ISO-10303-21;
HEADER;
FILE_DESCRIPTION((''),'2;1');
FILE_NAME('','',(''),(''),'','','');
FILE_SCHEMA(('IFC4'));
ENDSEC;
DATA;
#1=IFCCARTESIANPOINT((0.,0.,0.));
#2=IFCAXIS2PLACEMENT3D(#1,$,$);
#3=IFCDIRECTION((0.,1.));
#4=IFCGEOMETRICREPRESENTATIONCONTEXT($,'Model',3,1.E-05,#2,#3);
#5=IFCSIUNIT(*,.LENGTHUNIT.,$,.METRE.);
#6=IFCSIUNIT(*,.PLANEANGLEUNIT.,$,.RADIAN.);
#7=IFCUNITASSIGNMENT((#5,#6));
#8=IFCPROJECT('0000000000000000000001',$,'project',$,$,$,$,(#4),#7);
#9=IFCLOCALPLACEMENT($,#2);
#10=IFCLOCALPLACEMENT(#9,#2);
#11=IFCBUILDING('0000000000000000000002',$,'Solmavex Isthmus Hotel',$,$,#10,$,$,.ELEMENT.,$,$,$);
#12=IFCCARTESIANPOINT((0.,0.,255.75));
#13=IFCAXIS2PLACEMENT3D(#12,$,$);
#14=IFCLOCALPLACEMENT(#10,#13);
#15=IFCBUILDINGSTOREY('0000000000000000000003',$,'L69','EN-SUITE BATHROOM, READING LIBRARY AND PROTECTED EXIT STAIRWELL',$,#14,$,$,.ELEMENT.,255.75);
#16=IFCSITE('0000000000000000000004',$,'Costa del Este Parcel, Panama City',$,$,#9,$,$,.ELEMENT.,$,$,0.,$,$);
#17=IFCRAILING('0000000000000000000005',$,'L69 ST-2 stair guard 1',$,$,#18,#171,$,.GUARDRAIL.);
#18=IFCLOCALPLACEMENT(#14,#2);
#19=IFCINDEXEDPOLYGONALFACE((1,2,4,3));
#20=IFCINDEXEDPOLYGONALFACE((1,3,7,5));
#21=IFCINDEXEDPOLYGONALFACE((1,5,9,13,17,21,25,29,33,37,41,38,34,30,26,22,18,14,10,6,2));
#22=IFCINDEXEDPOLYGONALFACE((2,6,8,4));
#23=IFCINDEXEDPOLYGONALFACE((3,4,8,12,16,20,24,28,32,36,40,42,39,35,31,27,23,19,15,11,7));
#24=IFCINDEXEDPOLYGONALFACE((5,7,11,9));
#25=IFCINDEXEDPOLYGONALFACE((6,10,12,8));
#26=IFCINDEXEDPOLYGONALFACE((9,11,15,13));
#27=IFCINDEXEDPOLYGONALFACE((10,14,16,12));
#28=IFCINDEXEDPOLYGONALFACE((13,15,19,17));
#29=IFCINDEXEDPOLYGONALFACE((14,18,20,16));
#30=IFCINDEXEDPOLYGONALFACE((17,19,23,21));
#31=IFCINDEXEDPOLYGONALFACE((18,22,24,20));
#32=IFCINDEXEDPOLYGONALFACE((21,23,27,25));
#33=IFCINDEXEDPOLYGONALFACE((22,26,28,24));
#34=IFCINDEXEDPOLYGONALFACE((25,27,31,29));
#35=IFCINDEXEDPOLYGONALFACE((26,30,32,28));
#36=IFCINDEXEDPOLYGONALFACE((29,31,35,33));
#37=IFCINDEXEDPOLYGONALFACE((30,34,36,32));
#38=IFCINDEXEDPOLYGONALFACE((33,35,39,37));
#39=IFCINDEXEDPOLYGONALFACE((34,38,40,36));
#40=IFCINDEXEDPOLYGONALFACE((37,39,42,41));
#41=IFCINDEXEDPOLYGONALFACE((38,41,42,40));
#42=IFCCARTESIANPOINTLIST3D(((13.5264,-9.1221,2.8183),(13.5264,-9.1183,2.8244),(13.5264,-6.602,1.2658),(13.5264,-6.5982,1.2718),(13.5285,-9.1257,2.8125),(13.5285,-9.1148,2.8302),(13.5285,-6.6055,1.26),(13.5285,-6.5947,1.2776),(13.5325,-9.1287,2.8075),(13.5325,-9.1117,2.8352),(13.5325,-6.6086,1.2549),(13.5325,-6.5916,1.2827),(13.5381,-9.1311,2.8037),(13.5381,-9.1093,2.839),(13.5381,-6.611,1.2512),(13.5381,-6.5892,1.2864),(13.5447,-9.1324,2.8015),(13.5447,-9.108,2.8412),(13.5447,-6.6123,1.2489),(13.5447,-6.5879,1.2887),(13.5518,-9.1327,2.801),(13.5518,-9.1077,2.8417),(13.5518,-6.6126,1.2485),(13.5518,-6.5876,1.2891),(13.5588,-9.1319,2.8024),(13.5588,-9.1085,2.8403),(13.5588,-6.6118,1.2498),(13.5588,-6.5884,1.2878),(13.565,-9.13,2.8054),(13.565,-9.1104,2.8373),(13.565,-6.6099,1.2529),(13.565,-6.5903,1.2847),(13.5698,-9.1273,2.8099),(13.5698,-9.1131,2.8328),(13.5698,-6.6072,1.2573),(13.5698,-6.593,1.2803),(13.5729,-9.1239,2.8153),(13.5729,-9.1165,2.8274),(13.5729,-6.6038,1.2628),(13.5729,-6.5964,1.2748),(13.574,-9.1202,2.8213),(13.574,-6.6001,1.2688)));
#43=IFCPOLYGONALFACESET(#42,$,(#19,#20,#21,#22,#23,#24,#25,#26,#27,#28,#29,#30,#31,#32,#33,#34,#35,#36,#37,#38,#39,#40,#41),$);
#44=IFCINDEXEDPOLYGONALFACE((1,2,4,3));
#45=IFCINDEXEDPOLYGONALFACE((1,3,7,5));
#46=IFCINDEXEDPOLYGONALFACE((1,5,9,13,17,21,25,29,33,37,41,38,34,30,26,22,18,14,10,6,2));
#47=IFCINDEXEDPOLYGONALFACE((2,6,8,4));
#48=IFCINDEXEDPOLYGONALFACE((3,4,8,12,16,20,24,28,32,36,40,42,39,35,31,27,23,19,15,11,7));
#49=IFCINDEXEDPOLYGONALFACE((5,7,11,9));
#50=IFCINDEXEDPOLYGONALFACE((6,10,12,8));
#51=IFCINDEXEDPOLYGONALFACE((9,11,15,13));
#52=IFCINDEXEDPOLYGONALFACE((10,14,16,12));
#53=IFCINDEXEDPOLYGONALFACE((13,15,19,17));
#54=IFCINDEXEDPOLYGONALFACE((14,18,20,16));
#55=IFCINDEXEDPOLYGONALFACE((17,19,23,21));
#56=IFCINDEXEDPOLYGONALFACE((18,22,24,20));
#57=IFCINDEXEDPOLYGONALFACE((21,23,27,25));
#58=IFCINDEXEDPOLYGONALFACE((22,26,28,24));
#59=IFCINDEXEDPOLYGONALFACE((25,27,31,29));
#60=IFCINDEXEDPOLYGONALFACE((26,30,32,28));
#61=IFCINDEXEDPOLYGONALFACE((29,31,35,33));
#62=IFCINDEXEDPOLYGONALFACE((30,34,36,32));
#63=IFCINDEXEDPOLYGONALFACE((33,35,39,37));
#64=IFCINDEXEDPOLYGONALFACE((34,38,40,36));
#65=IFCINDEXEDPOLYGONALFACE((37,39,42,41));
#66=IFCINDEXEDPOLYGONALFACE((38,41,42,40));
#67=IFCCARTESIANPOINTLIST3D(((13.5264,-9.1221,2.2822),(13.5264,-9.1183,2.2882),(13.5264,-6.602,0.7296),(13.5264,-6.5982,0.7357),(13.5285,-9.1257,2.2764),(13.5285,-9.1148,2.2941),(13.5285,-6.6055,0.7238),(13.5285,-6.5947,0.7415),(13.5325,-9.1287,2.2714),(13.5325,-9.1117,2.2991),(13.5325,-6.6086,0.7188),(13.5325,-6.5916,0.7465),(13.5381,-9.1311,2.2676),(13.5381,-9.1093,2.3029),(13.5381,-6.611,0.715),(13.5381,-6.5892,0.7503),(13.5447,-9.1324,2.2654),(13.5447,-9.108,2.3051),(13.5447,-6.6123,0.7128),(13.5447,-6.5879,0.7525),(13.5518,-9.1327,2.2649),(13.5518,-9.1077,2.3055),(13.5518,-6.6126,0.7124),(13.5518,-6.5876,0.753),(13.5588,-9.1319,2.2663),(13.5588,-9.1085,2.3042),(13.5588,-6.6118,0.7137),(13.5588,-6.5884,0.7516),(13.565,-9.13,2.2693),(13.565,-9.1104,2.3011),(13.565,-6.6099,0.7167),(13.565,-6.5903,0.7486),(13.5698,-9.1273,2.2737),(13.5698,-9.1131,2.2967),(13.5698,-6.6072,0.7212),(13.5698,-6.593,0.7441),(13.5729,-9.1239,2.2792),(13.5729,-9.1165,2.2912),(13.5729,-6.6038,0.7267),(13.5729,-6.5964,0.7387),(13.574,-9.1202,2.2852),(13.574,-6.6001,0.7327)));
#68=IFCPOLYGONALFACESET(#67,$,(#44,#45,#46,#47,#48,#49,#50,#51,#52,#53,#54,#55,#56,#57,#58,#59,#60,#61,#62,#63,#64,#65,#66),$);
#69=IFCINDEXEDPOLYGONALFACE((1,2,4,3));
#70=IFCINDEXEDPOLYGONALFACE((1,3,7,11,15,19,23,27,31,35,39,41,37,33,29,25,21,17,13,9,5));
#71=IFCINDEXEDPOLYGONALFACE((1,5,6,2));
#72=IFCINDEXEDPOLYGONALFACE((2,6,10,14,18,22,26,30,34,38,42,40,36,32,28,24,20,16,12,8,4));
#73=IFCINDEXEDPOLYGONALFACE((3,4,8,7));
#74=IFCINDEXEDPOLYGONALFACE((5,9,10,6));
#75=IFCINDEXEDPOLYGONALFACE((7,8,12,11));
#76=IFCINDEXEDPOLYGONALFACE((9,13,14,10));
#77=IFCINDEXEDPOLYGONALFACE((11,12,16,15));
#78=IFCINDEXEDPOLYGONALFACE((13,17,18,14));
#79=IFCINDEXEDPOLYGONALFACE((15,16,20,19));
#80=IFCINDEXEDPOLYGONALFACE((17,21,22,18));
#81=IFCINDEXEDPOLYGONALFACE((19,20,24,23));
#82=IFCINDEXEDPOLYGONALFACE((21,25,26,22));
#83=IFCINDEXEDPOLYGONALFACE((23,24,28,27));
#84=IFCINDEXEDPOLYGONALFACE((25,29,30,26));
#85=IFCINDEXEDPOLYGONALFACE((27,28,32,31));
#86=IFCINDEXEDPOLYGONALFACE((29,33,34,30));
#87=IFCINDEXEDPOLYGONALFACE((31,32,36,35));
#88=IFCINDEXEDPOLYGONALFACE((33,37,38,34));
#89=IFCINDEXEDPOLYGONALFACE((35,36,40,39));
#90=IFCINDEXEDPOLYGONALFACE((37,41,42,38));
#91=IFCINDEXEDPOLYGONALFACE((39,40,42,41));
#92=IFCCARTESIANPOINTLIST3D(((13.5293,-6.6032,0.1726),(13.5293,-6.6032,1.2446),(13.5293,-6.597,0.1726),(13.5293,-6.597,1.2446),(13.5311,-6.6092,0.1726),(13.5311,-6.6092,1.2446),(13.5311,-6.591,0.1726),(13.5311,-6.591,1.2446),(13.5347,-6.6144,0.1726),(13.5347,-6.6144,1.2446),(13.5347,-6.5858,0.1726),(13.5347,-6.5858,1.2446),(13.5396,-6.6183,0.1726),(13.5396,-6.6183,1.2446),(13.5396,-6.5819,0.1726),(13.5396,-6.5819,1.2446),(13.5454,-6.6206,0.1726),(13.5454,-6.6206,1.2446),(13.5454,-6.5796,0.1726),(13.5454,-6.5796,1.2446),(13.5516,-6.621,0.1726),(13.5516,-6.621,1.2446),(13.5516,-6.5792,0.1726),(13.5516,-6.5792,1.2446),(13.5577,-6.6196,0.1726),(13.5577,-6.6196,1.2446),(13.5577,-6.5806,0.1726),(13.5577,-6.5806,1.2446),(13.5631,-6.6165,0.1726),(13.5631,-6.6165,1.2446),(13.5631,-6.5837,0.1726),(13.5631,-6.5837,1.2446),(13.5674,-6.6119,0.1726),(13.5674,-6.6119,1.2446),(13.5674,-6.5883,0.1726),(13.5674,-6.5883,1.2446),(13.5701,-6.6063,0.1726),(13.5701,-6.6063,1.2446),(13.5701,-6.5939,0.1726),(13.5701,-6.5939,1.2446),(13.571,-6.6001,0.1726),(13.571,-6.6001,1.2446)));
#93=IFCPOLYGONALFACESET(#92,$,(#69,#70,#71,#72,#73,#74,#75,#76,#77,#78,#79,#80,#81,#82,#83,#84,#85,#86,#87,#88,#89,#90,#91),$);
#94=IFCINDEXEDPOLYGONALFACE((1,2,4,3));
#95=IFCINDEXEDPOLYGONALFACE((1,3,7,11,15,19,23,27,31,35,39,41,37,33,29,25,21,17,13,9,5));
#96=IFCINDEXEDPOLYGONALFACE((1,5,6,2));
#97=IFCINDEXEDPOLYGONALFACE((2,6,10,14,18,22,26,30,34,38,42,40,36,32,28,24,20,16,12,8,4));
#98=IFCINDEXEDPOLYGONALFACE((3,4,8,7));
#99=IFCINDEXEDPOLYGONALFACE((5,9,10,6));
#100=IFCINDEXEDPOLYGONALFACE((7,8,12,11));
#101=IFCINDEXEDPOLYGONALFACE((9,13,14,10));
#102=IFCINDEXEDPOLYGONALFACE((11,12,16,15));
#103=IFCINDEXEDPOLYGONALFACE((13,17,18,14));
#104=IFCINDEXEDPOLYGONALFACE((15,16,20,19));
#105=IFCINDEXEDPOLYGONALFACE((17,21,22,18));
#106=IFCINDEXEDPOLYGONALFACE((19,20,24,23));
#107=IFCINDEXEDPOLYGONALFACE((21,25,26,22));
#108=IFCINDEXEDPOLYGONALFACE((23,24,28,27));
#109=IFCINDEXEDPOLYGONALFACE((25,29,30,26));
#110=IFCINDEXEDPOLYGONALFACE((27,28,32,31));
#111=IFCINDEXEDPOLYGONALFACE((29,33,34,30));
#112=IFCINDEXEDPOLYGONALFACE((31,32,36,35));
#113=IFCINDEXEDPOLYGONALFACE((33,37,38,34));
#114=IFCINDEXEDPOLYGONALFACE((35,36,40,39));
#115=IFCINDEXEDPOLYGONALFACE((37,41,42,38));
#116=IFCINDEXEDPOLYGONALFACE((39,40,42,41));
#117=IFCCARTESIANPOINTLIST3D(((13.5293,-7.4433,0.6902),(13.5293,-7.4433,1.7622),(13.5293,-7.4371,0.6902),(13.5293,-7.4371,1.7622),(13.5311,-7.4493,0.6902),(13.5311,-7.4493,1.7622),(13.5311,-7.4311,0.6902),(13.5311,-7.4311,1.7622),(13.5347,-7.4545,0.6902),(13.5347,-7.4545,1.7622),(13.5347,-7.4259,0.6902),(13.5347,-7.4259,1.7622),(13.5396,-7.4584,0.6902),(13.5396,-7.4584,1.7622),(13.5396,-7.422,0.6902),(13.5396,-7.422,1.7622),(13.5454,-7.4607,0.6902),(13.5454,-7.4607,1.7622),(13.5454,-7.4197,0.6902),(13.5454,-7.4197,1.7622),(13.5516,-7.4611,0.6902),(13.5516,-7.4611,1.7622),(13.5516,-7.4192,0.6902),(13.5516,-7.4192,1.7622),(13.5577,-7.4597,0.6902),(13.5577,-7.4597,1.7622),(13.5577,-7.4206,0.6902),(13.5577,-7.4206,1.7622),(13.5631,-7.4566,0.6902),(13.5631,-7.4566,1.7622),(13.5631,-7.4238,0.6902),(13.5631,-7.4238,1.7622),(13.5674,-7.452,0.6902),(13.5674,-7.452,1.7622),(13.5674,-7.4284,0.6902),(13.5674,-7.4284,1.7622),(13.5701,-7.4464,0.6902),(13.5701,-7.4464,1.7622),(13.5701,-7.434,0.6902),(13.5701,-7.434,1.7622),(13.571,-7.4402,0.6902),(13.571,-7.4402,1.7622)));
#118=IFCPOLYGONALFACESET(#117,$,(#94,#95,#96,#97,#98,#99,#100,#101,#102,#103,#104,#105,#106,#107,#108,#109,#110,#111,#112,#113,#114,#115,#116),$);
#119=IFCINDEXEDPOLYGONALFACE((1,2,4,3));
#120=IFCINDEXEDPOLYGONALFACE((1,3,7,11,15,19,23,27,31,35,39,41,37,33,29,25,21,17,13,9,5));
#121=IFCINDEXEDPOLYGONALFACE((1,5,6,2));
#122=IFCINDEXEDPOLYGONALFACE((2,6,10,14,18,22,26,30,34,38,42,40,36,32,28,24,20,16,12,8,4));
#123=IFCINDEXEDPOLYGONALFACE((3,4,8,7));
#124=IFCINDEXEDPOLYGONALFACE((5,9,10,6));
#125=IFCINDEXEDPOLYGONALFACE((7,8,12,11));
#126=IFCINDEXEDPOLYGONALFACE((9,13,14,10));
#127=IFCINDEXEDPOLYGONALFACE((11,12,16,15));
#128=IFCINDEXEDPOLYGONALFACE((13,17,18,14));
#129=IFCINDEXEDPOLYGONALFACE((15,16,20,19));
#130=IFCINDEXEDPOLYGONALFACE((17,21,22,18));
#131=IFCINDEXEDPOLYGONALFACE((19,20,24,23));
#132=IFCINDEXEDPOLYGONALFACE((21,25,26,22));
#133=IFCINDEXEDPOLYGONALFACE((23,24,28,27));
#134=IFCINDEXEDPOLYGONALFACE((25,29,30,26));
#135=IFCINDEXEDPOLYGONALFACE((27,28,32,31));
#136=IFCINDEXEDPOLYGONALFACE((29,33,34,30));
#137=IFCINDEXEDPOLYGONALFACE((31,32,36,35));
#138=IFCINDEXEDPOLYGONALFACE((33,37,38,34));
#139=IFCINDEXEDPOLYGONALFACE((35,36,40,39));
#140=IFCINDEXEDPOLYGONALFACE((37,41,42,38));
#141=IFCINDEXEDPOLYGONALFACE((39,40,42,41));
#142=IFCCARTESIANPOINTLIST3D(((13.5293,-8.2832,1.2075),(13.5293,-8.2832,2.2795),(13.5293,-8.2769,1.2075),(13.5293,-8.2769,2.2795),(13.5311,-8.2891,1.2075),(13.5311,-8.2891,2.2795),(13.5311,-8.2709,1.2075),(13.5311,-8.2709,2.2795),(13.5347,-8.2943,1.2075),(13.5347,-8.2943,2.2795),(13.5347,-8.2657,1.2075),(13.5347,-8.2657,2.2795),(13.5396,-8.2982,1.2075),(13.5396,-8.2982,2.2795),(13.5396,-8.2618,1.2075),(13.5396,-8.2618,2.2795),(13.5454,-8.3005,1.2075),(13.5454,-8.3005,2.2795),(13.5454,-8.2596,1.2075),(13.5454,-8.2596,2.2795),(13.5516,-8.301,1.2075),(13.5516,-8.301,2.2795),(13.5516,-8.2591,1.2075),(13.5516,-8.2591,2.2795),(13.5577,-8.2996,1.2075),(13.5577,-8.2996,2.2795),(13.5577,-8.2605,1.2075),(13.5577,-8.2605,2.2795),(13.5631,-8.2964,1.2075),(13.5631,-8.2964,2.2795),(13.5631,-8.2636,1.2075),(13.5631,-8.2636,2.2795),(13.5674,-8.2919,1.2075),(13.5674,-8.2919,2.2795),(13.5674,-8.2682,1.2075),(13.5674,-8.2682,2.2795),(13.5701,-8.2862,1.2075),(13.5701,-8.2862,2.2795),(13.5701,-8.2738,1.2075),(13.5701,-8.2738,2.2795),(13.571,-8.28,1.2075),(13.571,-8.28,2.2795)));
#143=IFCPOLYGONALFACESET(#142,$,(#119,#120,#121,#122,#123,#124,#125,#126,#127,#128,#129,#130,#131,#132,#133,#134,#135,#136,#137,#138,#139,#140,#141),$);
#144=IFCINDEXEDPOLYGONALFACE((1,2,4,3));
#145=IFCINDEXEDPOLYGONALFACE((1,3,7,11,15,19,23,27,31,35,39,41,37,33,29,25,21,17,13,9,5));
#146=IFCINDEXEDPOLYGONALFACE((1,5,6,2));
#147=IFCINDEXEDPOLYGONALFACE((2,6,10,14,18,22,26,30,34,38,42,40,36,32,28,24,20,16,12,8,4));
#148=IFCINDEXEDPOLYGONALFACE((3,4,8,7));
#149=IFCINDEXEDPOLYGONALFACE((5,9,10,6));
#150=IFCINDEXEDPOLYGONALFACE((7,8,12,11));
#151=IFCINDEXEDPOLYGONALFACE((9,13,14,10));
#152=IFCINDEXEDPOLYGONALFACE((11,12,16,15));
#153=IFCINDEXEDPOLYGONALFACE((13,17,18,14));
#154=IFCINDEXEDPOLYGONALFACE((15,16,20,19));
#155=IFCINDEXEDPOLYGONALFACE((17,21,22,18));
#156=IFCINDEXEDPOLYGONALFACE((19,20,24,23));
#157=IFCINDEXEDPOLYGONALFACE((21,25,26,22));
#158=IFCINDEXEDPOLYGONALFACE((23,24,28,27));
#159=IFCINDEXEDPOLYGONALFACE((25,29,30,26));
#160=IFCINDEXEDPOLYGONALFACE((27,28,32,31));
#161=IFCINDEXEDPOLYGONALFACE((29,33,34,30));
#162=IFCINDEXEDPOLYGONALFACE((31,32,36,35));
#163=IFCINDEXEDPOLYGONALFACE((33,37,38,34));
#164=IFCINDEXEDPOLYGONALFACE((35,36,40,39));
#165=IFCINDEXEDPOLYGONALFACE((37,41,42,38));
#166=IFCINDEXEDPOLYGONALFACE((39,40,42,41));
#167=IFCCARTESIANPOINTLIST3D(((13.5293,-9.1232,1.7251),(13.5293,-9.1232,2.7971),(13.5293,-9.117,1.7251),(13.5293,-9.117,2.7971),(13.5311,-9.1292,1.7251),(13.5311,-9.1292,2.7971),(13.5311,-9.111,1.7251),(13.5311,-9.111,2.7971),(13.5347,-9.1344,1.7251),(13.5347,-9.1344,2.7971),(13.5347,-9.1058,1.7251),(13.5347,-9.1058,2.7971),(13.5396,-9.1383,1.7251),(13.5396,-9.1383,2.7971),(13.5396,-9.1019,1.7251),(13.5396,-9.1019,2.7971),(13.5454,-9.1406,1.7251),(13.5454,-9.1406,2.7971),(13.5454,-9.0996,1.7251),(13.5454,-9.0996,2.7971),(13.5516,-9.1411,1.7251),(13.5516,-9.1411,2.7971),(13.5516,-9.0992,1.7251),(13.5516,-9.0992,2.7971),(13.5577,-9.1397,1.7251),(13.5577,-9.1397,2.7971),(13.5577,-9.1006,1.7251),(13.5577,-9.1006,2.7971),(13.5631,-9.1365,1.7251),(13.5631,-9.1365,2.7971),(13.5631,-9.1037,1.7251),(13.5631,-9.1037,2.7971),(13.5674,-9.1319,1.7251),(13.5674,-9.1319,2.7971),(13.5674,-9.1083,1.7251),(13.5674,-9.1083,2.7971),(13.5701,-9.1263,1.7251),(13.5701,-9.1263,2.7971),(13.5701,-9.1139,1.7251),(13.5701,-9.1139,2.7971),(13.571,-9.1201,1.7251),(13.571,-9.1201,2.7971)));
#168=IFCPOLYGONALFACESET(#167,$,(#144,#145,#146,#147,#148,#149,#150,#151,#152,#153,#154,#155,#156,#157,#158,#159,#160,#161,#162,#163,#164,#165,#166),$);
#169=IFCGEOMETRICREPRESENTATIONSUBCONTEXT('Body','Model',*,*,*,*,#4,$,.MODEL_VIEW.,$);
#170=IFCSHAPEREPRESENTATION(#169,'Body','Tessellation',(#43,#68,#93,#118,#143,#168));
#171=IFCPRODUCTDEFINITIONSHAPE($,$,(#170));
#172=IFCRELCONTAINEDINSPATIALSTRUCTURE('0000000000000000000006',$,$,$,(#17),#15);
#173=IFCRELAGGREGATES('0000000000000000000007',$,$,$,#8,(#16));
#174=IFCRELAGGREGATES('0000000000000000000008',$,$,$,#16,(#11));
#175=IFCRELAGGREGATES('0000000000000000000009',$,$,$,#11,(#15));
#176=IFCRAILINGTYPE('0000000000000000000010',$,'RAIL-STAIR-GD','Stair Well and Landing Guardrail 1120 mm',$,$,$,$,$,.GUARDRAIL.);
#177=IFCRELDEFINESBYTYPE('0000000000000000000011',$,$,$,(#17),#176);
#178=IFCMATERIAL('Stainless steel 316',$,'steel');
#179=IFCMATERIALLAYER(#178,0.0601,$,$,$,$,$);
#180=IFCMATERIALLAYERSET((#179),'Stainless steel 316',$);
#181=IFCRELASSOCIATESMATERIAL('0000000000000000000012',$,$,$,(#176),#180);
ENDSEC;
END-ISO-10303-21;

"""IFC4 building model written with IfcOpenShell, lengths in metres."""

from ifc_helpers import new_model, si_unit, direction, frame, origin, origin_2d, place, context, subcontext, project, spatial, circle, extrude, material, layer, layer_set, type_object, element, save


model = new_model("IFC4")

# Units and contexts
model_context = context("Model", 3, precision=1e-05, world=origin(), true_north=direction((0.0, 1.0)))
body_context = subcontext(model_context, "Body", "Model", "MODEL_VIEW")
ifc_project = project(units=[si_unit("LENGTHUNIT", "METRE"), si_unit("PLANEANGLEUNIT", "RADIAN")], contexts=[model_context])

# Site, building, storey
site_placement = place(None, origin())
site = spatial("IfcSite", under=ifc_project, at=site_placement, Name="Costa del Este Parcel, Panama City", CompositionType="ELEMENT", RefElevation=0.0)
building_placement = place(site_placement, origin())
building = spatial("IfcBuilding", under=site, at=building_placement, Name="Solmavex Isthmus Hotel", CompositionType="ELEMENT")
storey_placement = place(building_placement, frame((0.0, 0.0, 255.75)))
storey = spatial("IfcBuildingStorey", under=building, at=storey_placement, Name="L69", Description="EN-SUITE BATHROOM, READING LIBRARY AND PROTECTED EXIT STAIRWELL", CompositionType="ELEMENT", Elevation=255.75)

# Shared definitions
ifc_material_1 = material(Name="Stainless steel 316", Category="steel")

# Railing
ifc_layer_1 = layer(ifc_material_1, 0.0601)
ifc_layer_set_1 = layer_set([ifc_layer_1], Name="Stainless steel 316")
railing_type_1 = type_object("IfcRailingType", Name="RAIL-STAIR-GD", Description="Stair Well and Landing Guardrail 1120 mm", PredefinedType="GUARDRAIL", material=ifc_layer_set_1)
railing_1_placement = place(storey_placement, frame((13.55, -6.6001, 0.1726)))
element("IfcRailing", 1, at=railing_1_placement, inside=storey, type_object=railing_type_1, Name="L69 ST-2 stair guard 1", PredefinedType="GUARDRAIL", context=body_context, shape_type="SweptSolid", body=[
    extrude(circle(Radius=0.0239, at=origin_2d()), frame((0.0, 0.0, 1.0962), z_axis=(0.0, -0.8514, 0.524516), x_axis=(1.0, 0.0, 0.0)), (0.0, 0.0, 1.0), 2.96),
    extrude(circle(Radius=0.0239, at=origin_2d()), frame((0.0, 0.0, 0.5601), z_axis=(0.0, -0.8514, 0.524516), x_axis=(1.0, 0.0, 0.0)), (0.0, 0.0, 1.0), 2.96),
    extrude(circle(Radius=0.021, at=origin_2d()), origin(), (0.0, 0.0, 1.0), 1.072),
    extrude(circle(Radius=0.021, at=origin_2d()), frame((0.0, -0.8401, 0.5176)), (0.0, 0.0, 1.0), 1.072),
    extrude(circle(Radius=0.021, at=origin_2d()), frame((0.0, -1.6799, 1.0349)), (0.0, 0.0, 1.0), 1.072),
    extrude(circle(Radius=0.021, at=origin_2d()), frame((0.0, -2.52, 1.5525)), (0.0, 0.0, 1.0), 1.072),
])

save(model, "model.ifc")
